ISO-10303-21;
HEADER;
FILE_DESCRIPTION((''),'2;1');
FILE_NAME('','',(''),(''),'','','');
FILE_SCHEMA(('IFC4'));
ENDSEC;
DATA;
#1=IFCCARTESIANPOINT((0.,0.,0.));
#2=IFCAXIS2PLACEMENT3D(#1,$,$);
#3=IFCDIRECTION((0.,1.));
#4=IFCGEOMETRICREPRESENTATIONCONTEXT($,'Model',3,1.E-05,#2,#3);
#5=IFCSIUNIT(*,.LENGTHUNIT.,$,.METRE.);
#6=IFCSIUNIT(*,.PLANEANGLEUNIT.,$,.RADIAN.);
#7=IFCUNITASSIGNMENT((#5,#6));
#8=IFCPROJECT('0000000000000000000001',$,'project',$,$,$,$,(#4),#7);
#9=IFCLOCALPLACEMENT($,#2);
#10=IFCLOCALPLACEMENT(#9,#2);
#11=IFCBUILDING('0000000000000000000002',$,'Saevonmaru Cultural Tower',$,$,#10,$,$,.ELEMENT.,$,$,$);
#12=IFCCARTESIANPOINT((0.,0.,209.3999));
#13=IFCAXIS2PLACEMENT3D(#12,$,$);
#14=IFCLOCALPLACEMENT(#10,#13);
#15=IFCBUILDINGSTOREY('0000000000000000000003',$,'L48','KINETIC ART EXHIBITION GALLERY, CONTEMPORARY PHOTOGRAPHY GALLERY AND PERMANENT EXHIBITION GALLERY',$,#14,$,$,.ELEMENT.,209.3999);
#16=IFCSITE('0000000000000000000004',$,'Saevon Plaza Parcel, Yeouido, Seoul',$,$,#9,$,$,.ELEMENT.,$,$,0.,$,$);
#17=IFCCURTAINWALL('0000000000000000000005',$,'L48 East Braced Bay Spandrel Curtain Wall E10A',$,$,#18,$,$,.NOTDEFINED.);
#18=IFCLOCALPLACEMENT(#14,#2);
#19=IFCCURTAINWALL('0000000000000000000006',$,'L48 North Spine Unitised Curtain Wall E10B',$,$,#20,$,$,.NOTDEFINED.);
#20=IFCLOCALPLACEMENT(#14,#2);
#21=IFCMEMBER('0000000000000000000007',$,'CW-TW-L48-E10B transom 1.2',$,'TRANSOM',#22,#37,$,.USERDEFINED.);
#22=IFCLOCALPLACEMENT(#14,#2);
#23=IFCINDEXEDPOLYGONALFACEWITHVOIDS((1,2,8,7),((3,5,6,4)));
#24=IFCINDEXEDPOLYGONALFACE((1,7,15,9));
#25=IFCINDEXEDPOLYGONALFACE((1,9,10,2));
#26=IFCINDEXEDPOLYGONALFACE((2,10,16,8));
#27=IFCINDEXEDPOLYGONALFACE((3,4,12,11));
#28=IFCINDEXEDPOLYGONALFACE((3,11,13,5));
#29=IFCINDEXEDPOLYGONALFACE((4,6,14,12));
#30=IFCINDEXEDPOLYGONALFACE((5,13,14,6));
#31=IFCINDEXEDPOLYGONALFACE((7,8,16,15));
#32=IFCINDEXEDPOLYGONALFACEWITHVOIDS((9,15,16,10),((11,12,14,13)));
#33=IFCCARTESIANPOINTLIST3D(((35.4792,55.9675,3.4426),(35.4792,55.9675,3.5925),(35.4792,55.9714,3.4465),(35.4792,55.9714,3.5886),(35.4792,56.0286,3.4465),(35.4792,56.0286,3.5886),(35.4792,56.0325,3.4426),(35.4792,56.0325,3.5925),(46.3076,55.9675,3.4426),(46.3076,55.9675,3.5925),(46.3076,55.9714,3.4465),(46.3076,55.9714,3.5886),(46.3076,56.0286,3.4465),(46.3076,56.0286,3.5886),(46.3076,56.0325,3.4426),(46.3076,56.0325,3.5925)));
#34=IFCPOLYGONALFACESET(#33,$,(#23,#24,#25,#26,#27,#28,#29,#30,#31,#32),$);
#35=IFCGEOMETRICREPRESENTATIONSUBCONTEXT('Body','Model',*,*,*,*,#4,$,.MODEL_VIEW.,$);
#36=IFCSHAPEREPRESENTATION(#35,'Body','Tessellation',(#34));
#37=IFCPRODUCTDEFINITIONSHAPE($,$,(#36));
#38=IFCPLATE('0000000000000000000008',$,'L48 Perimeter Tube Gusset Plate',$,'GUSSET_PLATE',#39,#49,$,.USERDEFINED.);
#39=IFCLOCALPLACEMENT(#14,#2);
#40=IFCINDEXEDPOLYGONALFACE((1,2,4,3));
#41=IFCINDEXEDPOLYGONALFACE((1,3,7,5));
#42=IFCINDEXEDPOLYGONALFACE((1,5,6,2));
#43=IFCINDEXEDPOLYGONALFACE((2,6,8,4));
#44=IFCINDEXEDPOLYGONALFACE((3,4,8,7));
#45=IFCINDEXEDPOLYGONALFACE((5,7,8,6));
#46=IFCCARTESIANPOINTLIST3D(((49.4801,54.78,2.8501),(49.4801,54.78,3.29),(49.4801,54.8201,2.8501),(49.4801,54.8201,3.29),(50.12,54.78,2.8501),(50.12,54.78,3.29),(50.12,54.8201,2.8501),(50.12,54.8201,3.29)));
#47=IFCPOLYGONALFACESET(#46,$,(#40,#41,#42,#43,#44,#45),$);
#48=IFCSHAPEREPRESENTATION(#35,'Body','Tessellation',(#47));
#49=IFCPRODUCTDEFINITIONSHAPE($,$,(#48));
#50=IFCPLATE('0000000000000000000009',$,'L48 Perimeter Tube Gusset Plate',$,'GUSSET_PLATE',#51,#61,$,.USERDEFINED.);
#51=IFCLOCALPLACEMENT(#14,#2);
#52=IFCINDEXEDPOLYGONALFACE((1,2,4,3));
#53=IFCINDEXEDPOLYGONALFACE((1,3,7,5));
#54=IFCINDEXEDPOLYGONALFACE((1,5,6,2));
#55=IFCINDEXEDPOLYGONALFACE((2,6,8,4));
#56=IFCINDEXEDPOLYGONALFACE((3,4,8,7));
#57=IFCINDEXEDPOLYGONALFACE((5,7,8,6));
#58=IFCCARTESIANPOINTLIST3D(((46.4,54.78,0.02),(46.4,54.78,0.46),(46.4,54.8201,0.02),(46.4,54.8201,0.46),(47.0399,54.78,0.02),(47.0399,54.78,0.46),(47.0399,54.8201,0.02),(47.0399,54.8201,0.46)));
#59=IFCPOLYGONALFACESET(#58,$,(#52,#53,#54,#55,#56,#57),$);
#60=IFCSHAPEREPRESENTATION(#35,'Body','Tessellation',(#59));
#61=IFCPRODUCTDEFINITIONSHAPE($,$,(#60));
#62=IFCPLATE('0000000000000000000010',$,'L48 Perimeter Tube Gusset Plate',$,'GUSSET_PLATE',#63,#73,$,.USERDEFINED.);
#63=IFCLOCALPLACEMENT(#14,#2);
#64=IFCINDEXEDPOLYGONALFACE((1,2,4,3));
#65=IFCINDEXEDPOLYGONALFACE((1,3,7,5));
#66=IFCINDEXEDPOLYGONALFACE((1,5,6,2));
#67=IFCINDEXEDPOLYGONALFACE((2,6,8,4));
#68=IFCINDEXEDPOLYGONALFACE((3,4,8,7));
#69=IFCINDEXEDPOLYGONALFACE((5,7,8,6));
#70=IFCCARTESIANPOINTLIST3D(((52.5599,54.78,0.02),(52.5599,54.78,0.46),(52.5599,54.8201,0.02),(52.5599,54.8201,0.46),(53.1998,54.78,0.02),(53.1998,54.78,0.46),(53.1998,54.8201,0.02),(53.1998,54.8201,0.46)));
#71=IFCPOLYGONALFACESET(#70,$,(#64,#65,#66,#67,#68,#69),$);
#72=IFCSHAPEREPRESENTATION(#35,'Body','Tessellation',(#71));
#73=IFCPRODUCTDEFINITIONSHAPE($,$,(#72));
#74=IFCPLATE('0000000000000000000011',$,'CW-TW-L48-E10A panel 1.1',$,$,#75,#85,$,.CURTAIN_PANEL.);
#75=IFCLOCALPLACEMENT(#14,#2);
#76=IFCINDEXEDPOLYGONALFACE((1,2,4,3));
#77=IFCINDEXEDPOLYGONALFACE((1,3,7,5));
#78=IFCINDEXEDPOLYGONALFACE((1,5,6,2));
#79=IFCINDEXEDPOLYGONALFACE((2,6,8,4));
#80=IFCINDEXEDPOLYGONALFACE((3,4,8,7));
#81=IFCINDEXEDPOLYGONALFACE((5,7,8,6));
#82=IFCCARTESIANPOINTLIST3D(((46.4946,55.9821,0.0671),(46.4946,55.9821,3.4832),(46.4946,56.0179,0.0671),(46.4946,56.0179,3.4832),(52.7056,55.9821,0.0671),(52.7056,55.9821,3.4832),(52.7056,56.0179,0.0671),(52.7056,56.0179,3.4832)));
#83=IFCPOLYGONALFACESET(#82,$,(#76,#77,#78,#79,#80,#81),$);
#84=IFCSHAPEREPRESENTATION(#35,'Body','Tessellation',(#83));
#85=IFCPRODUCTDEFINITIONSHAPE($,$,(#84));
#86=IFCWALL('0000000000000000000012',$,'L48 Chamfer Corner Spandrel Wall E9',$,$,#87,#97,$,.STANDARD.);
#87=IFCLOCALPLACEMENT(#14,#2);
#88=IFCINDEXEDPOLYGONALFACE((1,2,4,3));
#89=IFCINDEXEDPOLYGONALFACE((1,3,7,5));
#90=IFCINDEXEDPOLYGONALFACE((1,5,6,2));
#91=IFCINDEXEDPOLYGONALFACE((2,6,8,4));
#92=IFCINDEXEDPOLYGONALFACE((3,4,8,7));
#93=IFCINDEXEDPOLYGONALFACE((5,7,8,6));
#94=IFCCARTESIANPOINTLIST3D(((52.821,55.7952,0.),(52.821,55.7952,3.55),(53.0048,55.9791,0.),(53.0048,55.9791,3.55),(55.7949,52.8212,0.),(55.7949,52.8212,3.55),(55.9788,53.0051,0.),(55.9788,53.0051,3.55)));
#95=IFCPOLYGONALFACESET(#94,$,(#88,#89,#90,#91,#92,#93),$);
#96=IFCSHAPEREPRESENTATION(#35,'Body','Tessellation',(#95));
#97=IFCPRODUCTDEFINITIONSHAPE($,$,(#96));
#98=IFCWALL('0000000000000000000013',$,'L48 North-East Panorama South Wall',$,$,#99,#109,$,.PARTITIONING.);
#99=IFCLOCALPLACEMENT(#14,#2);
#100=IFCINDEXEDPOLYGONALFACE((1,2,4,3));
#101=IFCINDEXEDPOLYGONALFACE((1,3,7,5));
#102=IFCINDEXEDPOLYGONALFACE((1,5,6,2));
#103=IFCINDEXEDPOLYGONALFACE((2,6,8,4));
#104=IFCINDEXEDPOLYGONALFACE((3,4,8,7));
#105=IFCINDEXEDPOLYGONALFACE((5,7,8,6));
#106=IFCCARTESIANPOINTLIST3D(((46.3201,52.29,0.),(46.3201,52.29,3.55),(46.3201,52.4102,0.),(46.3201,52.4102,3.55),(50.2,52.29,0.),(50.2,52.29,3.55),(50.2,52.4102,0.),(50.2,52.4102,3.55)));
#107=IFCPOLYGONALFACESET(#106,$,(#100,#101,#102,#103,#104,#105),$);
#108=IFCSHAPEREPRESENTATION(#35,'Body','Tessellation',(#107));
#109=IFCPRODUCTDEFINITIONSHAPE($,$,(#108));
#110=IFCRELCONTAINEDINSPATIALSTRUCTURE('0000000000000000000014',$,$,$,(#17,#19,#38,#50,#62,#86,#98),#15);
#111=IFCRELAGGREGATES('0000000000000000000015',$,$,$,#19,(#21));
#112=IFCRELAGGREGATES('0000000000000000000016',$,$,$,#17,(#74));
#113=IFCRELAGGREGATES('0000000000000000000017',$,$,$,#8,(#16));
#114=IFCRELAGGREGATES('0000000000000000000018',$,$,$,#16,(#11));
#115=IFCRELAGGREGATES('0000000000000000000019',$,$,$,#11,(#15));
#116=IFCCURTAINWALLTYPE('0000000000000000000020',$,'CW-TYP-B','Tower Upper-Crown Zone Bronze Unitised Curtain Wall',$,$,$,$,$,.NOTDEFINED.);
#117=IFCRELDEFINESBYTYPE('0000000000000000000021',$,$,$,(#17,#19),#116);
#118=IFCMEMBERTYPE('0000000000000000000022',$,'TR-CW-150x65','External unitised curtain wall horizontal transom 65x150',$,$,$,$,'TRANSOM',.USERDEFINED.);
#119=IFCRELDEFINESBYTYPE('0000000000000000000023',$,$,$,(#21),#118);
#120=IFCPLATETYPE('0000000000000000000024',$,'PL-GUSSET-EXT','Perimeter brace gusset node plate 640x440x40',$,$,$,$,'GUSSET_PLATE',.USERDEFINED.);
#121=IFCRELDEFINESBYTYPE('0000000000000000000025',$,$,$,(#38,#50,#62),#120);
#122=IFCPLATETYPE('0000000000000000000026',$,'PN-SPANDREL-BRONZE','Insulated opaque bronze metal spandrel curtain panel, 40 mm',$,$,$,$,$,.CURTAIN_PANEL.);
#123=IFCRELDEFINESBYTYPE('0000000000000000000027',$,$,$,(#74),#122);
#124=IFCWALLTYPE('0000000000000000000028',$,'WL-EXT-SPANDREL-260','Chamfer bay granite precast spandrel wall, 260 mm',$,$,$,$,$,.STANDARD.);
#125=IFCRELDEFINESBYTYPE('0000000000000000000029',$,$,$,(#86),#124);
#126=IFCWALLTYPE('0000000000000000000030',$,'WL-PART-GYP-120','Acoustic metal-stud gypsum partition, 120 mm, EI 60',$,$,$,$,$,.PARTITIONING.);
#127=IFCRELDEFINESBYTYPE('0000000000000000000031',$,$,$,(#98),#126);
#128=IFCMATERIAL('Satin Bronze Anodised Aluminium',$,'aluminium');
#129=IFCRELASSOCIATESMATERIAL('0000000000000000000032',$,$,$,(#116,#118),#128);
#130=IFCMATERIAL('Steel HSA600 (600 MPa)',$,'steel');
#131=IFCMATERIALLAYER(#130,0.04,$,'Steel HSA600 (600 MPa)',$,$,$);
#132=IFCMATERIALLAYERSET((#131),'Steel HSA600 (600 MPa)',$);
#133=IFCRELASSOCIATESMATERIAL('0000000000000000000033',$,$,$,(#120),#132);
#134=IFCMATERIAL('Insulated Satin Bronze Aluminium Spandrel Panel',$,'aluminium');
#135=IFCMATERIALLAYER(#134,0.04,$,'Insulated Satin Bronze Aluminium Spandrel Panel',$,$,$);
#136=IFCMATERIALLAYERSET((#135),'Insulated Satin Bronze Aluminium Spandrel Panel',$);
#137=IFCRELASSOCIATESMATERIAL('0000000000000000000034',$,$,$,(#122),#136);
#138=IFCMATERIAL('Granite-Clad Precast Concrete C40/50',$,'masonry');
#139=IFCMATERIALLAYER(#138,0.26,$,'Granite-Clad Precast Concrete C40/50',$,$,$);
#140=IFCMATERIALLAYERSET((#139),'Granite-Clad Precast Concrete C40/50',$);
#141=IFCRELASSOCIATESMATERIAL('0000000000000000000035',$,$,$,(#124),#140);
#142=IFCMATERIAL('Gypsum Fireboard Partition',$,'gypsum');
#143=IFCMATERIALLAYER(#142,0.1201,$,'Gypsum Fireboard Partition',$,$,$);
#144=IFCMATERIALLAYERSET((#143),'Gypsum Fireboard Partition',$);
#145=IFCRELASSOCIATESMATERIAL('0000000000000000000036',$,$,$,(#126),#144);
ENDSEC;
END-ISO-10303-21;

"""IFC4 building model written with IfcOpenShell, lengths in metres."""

from ifc_helpers import new_model, si_unit, direction, frame, frame_2d, origin, origin_2d, place, context, subcontext, project, spatial, rectangle, hollow_rectangle, extrude, material, layer, layer_set, material_profile, profile_set, type_object, element, aggregate, save


model = new_model("IFC4")

# Units and contexts
model_context = context("Model", 3, precision=1e-05, world=origin(), true_north=direction((0.0, 1.0)))
body_context = subcontext(model_context, "Body", "Model", "MODEL_VIEW")
ifc_project = project(units=[si_unit("LENGTHUNIT", "METRE"), si_unit("PLANEANGLEUNIT", "RADIAN")], contexts=[model_context])

# Site, building, storey
site_placement = place(None, origin())
site = spatial("IfcSite", under=ifc_project, at=site_placement, Name="Saevon Plaza Parcel, Yeouido, Seoul", CompositionType="ELEMENT", RefElevation=0.0)
building_placement = place(site_placement, origin())
building = spatial("IfcBuilding", under=site, at=building_placement, Name="Saevonmaru Cultural Tower", CompositionType="ELEMENT")
storey_placement = place(building_placement, frame((0.0, 0.0, 209.3999)))
storey = spatial("IfcBuildingStorey", under=building, at=storey_placement, Name="L48", Description="KINETIC ART EXHIBITION GALLERY, CONTEMPORARY PHOTOGRAPHY GALLERY AND PERMANENT EXHIBITION GALLERY", CompositionType="ELEMENT", Elevation=209.3999)

# Shared definitions
ifc_material_1 = material(Name="Satin Bronze Anodised Aluminium", Category="aluminium")
curtain_wall_type = type_object("IfcCurtainWallType", Name="CW-TYP-B", Description="Tower Upper-Crown Zone Bronze Unitised Curtain Wall", PredefinedType="NOTDEFINED", material=ifc_material_1)

# Curtain wall
curtain_wall_1_placement = place(storey_placement, origin())
curtain_wall_1 = element("IfcCurtainWall", 1, at=curtain_wall_1_placement, inside=storey, type_object=curtain_wall_type, Name="L48 East Braced Bay Spandrel Curtain Wall E10A", PredefinedType="NOTDEFINED")

# Curtain wall
curtain_wall_2_placement = place(storey_placement, origin())
curtain_wall_2 = element("IfcCurtainWall", 2, at=curtain_wall_2_placement, inside=storey, type_object=curtain_wall_type, Name="L48 North Spine Unitised Curtain Wall E10B", PredefinedType="NOTDEFINED")

# Member
ifc_material_profile_1 = material_profile(ifc_material_1, hollow_rectangle(XDim=0.0649, YDim=0.1499, WallThickness=0.0039, at=origin_2d()), Name="ALU-TRAN-150x65x4")
ifc_profile_set_1 = profile_set([ifc_material_profile_1], Name="Satin Bronze Anodised Aluminium")
member_type_1 = type_object("IfcMemberType", Name="TR-CW-150x65", Description="External unitised curtain wall horizontal transom 65x150", ElementType="TRANSOM", PredefinedType="USERDEFINED", material=ifc_profile_set_1)
member_1_placement = place(storey_placement, frame((46.3076, 56.0, 3.5176), z_axis=(-1.0, 0.0, 0.0), x_axis=(0.0, -1.0, 0.0)))
member_1 = element("IfcMember", 3, at=member_1_placement, type_object=member_type_1, Name="CW-TW-L48-E10B transom 1.2", ObjectType="TRANSOM", PredefinedType="USERDEFINED", context=body_context, shape_type="SweptSolid", body=[
    extrude(hollow_rectangle(XDim=0.0649, YDim=0.1499, WallThickness=0.0039, at=origin_2d()), origin(), (0.0, 0.0, 1.0), 10.8284),
])
aggregate(curtain_wall_2, [member_1])

# Plates
ifc_material_2 = material(Name="Steel HSA600 (600 MPa)", Category="steel")
ifc_layer_1 = layer(ifc_material_2, 0.04, Name="Steel HSA600 (600 MPa)")
ifc_layer_set_1 = layer_set([ifc_layer_1], Name="Steel HSA600 (600 MPa)")
plate_type_1 = type_object("IfcPlateType", Name="PL-GUSSET-EXT", Description="Perimeter brace gusset node plate 640x440x40", ElementType="GUSSET_PLATE", PredefinedType="USERDEFINED", material=ifc_layer_set_1)
for number, where, z_axis, x_axis, name in (
    (4, (49.8, 54.8, 2.8501), (0.0, 0.0, 1.0), (1.0, 0.0, 0.0), "L48 Perimeter Tube Gusset Plate"),
    (5, (46.72, 54.8, 0.02), (0.0, 0.0, 1.0), (1.0, 0.0, 0.0), "L48 Perimeter Tube Gusset Plate"),
    (6, (52.8799, 54.8, 0.02), (0.0, 0.0, 1.0), (1.0, 0.0, 0.0), "L48 Perimeter Tube Gusset Plate"),
):
    element("IfcPlate", number, at=place(storey_placement, frame(where, z_axis=z_axis, x_axis=x_axis)), inside=storey, type_object=plate_type_1, Name=name, ObjectType="GUSSET_PLATE", PredefinedType="USERDEFINED", context=body_context, shape_type="SweptSolid", body=[
        extrude(rectangle(XDim=0.6399, YDim=0.04, at=origin_2d()), origin(), (0.0, 0.0, 1.0), 0.4399),
    ])

# Plate
ifc_material_3 = material(Name="Insulated Satin Bronze Aluminium Spandrel Panel", Category="aluminium")
ifc_layer_2 = layer(ifc_material_3, 0.04, Name="Insulated Satin Bronze Aluminium Spandrel Panel")
ifc_layer_set_2 = layer_set([ifc_layer_2], Name="Insulated Satin Bronze Aluminium Spandrel Panel")
plate_type_2 = type_object("IfcPlateType", Name="PN-SPANDREL-BRONZE", Description="Insulated opaque bronze metal spandrel curtain panel, 40 mm", PredefinedType="CURTAIN_PANEL", material=ifc_layer_set_2)
plate_placement = place(storey_placement, frame((49.6001, 56.0, 0.0671), z_axis=(0.0, 0.0, 1.0), x_axis=(-1.0, 0.0, 0.0)))
plate = element("IfcPlate", 7, at=plate_placement, type_object=plate_type_2, Name="CW-TW-L48-E10A panel 1.1", PredefinedType="CURTAIN_PANEL", context=body_context, shape_type="SweptSolid", body=[
    extrude(rectangle(XDim=6.2109, YDim=0.0359, at=origin_2d()), origin(), (0.0, 0.0, 1.0), 3.416),
])
aggregate(curtain_wall_1, [plate])

# Wall
ifc_material_4 = material(Name="Granite-Clad Precast Concrete C40/50", Category="masonry")
ifc_layer_3 = layer(ifc_material_4, 0.26, Name="Granite-Clad Precast Concrete C40/50")
ifc_layer_set_3 = layer_set([ifc_layer_3], Name="Granite-Clad Precast Concrete C40/50")
wall_type_1 = type_object("IfcWallType", Name="WL-EXT-SPANDREL-260", Description="Chamfer bay granite precast spandrel wall, 260 mm", PredefinedType="STANDARD", material=ifc_layer_set_3)
wall_1_placement = place(storey_placement, frame((55.887, 52.9131, 0.0), z_axis=(0.0, 0.0, 1.0), x_axis=(-0.707107, 0.707107, 0.0)))
element("IfcWall", 8, at=wall_1_placement, inside=storey, type_object=wall_type_1, Name="L48 Chamfer Corner Spandrel Wall E9", PredefinedType="STANDARD", context=body_context, shape_type="SweptSolid", body=[
    extrude(rectangle(XDim=4.2058, YDim=0.26, at=frame_2d((2.103, 0.0))), origin(), (0.0, 0.0, 1.0), 3.55),
])

# Shared definitions
ifc_material_5 = material(Name="Gypsum Fireboard Partition", Category="gypsum")

# Wall
ifc_layer_4 = layer(ifc_material_5, 0.1201, Name="Gypsum Fireboard Partition")
ifc_layer_set_4 = layer_set([ifc_layer_4], Name="Gypsum Fireboard Partition")
wall_type_2 = type_object("IfcWallType", Name="WL-PART-GYP-120", Description="Acoustic metal-stud gypsum partition, 120 mm, EI 60", PredefinedType="PARTITIONING", material=ifc_layer_set_4)
wall_2_placement = place(storey_placement, frame((46.3201, 52.3501, 0.0), z_axis=(0.0, 0.0, 1.0), x_axis=(1.0, 0.0, 0.0)))
element("IfcWall", 9, at=wall_2_placement, inside=storey, type_object=wall_type_2, Name="L48 North-East Panorama South Wall", PredefinedType="PARTITIONING", context=body_context, shape_type="SweptSolid", body=[
    extrude(rectangle(XDim=3.8799, YDim=0.1201, at=frame_2d((1.9399, 0.0))), origin(), (0.0, 0.0, 1.0), 3.55),
])

save(model, "model.ifc")
